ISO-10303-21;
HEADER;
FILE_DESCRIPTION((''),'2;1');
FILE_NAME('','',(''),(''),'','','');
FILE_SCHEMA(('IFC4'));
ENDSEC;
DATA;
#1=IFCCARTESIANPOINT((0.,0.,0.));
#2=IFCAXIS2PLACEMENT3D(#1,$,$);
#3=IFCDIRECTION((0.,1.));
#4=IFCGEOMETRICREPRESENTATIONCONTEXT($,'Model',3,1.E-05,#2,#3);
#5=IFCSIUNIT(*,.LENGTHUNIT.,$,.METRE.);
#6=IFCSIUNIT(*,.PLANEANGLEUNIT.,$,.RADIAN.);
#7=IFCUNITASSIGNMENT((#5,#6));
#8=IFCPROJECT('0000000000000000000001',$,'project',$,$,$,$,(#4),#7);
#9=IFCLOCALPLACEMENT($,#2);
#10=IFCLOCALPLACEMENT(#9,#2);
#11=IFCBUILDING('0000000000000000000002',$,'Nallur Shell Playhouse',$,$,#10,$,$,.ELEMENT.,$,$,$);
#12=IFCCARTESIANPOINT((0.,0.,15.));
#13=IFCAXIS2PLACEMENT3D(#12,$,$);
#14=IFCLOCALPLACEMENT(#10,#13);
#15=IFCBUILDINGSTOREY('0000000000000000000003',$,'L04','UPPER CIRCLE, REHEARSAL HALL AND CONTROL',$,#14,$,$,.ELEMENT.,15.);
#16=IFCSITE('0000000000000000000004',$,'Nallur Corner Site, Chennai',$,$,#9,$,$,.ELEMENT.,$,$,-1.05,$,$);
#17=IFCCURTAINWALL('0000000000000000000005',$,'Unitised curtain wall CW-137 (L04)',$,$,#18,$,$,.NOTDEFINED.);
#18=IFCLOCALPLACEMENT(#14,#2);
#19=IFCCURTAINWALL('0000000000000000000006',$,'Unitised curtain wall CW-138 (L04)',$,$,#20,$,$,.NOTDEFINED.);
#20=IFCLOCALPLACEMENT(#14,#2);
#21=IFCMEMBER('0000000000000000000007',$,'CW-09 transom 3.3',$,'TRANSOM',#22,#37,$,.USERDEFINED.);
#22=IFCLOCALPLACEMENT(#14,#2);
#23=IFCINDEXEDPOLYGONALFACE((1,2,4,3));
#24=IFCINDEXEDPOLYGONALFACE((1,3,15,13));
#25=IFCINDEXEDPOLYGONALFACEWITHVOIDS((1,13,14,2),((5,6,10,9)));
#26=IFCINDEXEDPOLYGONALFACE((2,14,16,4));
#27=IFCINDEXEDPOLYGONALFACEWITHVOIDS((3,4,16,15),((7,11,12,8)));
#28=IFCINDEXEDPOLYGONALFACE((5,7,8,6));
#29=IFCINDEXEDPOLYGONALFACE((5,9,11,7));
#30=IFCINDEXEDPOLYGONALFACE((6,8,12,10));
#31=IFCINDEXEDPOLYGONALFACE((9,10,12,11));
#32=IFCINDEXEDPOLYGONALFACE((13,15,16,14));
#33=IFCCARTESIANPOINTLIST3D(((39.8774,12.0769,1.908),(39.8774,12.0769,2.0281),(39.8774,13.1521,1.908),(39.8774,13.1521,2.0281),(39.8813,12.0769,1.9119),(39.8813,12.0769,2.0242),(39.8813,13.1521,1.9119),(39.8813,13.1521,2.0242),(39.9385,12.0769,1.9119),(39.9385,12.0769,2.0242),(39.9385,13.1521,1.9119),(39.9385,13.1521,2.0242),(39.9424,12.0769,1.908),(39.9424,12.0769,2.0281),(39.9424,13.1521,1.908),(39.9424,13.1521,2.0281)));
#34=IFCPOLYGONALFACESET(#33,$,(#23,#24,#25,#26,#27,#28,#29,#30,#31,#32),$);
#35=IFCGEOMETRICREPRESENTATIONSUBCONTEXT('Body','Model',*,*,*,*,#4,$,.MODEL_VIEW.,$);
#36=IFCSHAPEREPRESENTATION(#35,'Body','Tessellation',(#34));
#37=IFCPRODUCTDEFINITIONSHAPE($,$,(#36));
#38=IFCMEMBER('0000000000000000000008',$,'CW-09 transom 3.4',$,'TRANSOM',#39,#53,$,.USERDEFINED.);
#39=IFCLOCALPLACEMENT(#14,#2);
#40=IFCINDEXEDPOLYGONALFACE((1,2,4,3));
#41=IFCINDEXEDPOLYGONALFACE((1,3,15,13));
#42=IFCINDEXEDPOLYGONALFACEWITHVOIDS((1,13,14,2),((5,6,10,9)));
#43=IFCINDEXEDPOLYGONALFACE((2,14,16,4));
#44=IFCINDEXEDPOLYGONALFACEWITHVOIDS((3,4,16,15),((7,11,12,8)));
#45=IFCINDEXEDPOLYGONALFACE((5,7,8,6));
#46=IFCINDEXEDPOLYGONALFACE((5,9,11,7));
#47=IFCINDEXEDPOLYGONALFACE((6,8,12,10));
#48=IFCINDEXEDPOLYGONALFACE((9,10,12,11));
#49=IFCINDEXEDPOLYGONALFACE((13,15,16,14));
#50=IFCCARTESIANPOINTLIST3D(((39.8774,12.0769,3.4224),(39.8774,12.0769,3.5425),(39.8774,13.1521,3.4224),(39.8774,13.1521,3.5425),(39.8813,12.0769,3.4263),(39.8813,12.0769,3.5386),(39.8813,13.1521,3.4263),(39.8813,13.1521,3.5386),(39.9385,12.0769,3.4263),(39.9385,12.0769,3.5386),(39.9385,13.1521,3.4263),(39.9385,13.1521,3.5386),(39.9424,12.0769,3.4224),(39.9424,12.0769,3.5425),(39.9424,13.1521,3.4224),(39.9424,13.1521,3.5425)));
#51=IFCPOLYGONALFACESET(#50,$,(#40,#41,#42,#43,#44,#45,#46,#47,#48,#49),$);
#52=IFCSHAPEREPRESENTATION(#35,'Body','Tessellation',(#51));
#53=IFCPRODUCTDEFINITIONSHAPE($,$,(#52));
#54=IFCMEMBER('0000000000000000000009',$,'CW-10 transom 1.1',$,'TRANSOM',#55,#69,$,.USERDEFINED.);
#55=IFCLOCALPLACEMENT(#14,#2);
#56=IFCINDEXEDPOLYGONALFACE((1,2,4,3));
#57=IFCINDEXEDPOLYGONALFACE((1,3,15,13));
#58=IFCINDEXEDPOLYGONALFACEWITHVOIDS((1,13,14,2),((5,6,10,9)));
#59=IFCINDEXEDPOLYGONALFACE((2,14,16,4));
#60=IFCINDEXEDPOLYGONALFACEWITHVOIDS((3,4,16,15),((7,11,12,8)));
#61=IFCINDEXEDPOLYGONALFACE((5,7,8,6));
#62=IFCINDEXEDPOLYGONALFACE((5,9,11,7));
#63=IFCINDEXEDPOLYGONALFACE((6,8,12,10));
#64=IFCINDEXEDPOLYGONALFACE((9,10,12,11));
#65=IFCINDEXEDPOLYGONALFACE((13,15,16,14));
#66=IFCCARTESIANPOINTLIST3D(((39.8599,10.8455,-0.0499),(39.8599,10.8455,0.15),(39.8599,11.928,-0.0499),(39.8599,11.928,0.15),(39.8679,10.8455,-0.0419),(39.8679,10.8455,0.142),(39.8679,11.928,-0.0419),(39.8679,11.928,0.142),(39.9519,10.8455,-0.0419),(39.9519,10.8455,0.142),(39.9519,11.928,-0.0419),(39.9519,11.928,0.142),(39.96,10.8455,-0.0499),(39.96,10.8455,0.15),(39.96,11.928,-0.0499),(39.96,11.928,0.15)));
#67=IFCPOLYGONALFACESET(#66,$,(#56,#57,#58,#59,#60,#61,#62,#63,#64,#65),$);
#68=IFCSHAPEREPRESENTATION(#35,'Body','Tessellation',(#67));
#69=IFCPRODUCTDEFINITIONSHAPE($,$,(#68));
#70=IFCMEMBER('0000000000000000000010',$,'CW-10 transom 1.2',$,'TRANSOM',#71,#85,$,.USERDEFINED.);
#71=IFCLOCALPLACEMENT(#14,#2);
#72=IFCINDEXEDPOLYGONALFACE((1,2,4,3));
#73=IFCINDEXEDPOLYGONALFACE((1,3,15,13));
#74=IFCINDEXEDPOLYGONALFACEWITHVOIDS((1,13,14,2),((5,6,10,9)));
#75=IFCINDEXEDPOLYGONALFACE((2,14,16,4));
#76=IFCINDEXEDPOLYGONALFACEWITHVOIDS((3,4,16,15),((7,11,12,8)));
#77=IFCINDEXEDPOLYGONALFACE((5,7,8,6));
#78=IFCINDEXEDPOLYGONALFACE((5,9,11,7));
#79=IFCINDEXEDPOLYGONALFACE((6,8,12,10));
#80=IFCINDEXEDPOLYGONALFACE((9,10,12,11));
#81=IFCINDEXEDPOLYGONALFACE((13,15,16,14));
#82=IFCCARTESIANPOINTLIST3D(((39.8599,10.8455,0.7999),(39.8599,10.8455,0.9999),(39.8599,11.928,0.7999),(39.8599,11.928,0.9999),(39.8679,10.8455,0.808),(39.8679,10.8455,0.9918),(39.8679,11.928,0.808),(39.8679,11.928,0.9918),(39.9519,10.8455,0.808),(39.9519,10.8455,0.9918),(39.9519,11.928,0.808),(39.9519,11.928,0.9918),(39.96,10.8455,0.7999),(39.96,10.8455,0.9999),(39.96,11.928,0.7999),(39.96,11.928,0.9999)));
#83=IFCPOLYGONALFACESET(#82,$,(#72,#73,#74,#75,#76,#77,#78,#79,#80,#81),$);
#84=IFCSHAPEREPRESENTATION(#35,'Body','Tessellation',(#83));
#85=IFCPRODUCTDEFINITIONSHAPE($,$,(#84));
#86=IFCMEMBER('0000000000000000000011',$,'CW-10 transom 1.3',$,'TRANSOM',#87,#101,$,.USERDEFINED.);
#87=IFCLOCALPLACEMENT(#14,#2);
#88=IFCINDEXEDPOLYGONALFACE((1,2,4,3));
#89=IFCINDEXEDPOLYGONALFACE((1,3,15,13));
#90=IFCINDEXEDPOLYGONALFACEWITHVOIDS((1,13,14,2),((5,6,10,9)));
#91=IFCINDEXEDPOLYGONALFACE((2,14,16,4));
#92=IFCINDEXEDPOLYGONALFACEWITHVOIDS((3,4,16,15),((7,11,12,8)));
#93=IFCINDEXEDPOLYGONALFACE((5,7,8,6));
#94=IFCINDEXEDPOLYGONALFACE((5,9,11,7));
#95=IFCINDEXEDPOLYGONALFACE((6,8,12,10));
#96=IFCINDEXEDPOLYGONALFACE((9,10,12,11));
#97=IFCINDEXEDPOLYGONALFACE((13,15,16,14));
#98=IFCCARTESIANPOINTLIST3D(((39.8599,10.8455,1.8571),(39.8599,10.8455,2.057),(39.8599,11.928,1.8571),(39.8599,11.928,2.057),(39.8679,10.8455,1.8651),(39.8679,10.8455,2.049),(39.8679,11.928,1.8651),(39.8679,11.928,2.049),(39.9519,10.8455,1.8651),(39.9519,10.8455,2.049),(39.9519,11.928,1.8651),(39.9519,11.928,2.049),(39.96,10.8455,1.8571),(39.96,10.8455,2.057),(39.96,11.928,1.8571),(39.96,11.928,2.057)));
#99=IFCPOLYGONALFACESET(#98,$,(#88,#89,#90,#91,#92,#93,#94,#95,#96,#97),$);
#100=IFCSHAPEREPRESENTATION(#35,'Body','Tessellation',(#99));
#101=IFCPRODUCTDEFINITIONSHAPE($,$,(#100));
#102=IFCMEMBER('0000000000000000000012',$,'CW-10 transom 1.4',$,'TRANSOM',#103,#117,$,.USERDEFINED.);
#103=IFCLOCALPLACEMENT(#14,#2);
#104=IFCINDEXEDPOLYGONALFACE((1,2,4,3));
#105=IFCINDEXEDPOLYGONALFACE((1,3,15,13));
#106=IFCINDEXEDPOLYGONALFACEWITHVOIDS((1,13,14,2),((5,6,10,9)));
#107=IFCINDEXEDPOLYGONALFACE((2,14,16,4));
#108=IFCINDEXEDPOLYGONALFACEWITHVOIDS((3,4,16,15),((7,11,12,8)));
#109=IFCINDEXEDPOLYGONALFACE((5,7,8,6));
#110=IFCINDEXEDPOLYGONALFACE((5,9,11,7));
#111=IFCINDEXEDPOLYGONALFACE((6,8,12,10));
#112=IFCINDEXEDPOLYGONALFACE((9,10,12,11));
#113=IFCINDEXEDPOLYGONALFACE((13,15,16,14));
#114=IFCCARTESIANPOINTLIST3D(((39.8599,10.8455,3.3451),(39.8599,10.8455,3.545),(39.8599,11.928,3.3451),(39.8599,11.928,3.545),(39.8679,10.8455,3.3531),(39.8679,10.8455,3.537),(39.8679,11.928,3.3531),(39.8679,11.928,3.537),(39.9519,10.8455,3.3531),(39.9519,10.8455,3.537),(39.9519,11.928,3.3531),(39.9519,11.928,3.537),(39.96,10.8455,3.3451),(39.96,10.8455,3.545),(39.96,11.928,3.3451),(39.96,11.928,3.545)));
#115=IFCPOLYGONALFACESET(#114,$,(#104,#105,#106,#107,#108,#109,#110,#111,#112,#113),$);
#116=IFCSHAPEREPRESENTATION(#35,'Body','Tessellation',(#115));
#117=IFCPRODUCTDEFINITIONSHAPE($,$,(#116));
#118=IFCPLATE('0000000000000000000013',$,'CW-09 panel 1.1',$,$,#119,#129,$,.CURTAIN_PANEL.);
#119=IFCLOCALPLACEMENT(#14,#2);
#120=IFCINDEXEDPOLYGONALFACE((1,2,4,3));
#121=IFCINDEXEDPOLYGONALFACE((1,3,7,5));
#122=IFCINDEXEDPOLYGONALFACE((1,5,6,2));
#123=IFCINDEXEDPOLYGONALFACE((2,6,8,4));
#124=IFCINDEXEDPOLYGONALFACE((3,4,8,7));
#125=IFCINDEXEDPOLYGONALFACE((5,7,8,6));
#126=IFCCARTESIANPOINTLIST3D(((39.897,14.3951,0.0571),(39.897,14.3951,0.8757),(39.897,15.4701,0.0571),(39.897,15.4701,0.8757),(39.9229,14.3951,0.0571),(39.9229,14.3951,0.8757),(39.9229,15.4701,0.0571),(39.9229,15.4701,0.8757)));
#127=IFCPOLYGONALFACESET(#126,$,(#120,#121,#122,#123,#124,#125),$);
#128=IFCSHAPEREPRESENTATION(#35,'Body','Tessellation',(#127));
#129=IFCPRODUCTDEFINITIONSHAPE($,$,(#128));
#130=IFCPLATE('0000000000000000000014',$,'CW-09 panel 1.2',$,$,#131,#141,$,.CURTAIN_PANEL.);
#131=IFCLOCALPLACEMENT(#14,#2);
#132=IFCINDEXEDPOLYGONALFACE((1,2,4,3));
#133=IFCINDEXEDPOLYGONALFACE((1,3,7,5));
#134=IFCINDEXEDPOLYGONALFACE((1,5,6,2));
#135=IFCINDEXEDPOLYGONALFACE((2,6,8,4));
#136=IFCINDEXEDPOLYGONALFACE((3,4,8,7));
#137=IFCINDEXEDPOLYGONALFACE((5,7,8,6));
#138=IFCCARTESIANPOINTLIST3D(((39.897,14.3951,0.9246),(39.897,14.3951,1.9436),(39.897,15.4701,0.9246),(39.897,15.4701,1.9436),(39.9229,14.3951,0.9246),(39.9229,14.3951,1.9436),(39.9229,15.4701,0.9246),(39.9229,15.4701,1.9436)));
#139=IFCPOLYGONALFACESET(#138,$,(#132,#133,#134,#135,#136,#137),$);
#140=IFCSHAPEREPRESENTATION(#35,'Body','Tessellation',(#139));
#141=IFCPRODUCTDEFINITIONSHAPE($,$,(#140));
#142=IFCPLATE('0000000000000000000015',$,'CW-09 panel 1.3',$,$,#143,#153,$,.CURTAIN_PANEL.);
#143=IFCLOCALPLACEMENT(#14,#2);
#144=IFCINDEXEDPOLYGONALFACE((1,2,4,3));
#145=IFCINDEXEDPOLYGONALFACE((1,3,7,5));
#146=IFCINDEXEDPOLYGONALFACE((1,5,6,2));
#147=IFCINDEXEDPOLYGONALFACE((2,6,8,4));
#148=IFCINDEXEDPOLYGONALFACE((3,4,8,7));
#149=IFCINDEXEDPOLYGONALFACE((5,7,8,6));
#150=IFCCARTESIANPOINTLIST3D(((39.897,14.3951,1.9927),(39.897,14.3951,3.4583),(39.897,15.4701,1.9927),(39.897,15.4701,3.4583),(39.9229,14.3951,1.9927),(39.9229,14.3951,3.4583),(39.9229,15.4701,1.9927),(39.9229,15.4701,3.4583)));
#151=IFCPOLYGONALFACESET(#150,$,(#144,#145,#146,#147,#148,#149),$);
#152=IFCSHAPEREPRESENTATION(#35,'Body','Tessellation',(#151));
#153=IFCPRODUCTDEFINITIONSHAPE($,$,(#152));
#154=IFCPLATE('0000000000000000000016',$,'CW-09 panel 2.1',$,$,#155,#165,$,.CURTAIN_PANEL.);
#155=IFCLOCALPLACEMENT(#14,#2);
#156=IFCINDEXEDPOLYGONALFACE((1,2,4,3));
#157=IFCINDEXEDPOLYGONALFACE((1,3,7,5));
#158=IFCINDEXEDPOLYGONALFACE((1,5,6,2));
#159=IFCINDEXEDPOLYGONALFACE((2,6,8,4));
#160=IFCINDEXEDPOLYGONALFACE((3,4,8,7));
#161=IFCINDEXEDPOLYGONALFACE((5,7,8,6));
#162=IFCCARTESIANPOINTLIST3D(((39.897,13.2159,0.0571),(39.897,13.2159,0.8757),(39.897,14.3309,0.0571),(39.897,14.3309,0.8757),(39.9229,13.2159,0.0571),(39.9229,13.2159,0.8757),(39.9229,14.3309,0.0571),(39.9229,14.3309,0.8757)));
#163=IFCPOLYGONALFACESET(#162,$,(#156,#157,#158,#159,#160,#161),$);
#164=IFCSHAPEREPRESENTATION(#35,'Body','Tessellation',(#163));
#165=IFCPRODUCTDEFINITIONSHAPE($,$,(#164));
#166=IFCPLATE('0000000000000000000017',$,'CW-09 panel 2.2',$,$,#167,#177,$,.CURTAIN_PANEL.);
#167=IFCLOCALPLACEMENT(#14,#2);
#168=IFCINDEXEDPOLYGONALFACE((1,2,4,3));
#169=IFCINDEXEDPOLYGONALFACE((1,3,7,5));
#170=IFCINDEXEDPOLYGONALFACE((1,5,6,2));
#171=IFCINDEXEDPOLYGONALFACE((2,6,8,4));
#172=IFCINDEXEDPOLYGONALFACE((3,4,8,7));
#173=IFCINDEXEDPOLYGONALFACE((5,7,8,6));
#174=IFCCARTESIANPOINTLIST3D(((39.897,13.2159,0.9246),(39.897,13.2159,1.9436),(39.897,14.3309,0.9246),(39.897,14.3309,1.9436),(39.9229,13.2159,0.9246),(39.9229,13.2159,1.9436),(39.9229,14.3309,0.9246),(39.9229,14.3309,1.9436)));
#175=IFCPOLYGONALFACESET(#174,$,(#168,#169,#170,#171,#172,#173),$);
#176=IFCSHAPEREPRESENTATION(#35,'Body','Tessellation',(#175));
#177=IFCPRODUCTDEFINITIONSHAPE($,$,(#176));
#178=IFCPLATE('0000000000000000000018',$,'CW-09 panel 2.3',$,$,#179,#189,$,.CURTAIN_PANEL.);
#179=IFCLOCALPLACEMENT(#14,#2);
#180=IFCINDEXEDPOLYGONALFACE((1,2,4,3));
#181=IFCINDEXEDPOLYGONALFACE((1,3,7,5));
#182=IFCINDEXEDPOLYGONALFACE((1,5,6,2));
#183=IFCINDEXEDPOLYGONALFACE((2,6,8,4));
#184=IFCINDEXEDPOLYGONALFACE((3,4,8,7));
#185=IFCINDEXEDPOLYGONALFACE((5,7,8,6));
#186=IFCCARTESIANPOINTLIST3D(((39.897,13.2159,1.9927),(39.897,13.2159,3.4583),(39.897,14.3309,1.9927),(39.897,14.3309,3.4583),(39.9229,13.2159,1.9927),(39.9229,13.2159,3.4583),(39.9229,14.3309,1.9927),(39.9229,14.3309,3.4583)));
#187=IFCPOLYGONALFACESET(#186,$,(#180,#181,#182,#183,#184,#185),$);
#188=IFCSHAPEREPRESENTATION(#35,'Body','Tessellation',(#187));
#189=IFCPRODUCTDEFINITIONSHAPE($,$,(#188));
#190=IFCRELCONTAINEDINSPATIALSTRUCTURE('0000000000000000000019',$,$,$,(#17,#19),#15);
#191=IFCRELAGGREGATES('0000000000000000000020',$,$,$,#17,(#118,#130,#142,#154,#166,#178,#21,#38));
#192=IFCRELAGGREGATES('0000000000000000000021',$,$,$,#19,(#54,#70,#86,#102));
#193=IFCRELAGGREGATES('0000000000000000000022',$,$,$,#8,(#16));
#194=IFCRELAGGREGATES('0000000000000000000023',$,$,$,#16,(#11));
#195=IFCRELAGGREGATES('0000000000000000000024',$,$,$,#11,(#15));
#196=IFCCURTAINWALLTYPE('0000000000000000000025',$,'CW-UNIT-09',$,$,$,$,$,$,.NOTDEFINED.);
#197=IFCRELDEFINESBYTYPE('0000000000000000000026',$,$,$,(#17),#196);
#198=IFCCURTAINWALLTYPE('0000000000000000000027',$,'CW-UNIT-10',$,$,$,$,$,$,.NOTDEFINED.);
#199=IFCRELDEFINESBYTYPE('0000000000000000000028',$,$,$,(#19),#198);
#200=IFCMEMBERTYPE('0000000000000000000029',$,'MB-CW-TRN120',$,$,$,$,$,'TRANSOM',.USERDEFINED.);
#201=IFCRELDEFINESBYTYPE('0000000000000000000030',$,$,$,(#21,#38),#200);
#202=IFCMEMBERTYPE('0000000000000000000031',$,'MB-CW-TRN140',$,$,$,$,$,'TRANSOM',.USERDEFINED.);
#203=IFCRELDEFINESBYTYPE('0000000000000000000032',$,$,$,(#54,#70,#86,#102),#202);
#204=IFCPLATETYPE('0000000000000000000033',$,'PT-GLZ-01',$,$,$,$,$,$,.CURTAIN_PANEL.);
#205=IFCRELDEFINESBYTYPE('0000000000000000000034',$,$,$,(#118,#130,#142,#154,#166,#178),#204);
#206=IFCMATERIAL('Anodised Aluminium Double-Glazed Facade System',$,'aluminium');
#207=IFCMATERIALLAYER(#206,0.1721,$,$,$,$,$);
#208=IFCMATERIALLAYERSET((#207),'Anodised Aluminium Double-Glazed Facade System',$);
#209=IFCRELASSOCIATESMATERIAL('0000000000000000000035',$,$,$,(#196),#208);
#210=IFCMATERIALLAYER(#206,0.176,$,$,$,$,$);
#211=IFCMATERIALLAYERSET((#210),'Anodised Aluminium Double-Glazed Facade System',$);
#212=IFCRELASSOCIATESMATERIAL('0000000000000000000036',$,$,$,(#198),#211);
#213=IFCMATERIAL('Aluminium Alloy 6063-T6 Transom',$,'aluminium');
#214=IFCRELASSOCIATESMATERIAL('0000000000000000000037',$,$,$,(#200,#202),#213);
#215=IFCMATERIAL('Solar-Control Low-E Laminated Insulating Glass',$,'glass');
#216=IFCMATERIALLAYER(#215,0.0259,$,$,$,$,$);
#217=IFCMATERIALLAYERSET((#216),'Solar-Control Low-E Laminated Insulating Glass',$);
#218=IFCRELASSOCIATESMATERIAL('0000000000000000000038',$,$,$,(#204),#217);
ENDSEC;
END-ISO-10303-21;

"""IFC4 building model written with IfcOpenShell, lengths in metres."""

from ifc_helpers import new_model, si_unit, direction, frame, origin, origin_2d, place, context, subcontext, project, spatial, rectangle, hollow_rectangle, extrude, material, layer, layer_set, material_profile, profile_set, type_object, element, aggregate, save


model = new_model("IFC4")

# Units and contexts
model_context = context("Model", 3, precision=1e-05, world=origin(), true_north=direction((0.0, 1.0)))
body_context = subcontext(model_context, "Body", "Model", "MODEL_VIEW")
ifc_project = project(units=[si_unit("LENGTHUNIT", "METRE"), si_unit("PLANEANGLEUNIT", "RADIAN")], contexts=[model_context])

# Site, building, storey
site_placement = place(None, origin())
site = spatial("IfcSite", under=ifc_project, at=site_placement, Name="Nallur Corner Site, Chennai", CompositionType="ELEMENT", RefElevation=-1.05)
building_placement = place(site_placement, origin())
building = spatial("IfcBuilding", under=site, at=building_placement, Name="Nallur Shell Playhouse", CompositionType="ELEMENT")
storey_placement = place(building_placement, frame((0.0, 0.0, 15.0)))
storey = spatial("IfcBuildingStorey", under=building, at=storey_placement, Name="L04", Description="UPPER CIRCLE, REHEARSAL HALL AND CONTROL", CompositionType="ELEMENT", Elevation=15.0)

# Curtain wall
ifc_material_1 = material(Name="Anodised Aluminium Double-Glazed Facade System", Category="aluminium")
ifc_layer_1 = layer(ifc_material_1, 0.1721)
ifc_layer_set_1 = layer_set([ifc_layer_1], Name="Anodised Aluminium Double-Glazed Facade System")
curtain_wall_type_1 = type_object("IfcCurtainWallType", Name="CW-UNIT-09", PredefinedType="NOTDEFINED", material=ifc_layer_set_1)
curtain_wall_1_placement = place(storey_placement, origin())
curtain_wall_1 = element("IfcCurtainWall", 1, at=curtain_wall_1_placement, inside=storey, type_object=curtain_wall_type_1, Name="Unitised curtain wall CW-137 (L04)", PredefinedType="NOTDEFINED")

# Curtain wall
ifc_layer_2 = layer(ifc_material_1, 0.176)
ifc_layer_set_2 = layer_set([ifc_layer_2], Name="Anodised Aluminium Double-Glazed Facade System")
curtain_wall_type_2 = type_object("IfcCurtainWallType", Name="CW-UNIT-10", PredefinedType="NOTDEFINED", material=ifc_layer_set_2)
curtain_wall_2_placement = place(storey_placement, origin())
curtain_wall_2 = element("IfcCurtainWall", 2, at=curtain_wall_2_placement, inside=storey, type_object=curtain_wall_type_2, Name="Unitised curtain wall CW-138 (L04)", PredefinedType="NOTDEFINED")

# Members
ifc_material_2 = material(Name="Aluminium Alloy 6063-T6 Transom", Category="aluminium")
ifc_material_profile_1 = material_profile(ifc_material_2, hollow_rectangle(XDim=0.0649, YDim=0.1201, WallThickness=0.0039, at=origin_2d()), Name="ALU 65x120x4")
ifc_profile_set_1 = profile_set([ifc_material_profile_1], Name="Aluminium Alloy 6063-T6 Transom")
member_type_1 = type_object("IfcMemberType", Name="MB-CW-TRN120", ElementType="TRANSOM", PredefinedType="USERDEFINED", material=ifc_profile_set_1)
member_1_placement = place(storey_placement, frame((39.9099, 13.1521, 1.968), z_axis=(0.0, -1.0, 0.0), x_axis=(1.0, 0.0, 0.0)))
member_1 = element("IfcMember", 3, at=member_1_placement, type_object=member_type_1, Name="CW-09 transom 3.3", ObjectType="TRANSOM", PredefinedType="USERDEFINED", context=body_context, shape_type="SweptSolid", body=[
    extrude(hollow_rectangle(XDim=0.0649, YDim=0.1201, WallThickness=0.0039, at=origin_2d()), origin(), (0.0, 0.0, 1.0), 1.0752),
])
member_2_placement = place(storey_placement, frame((39.9099, 13.1521, 3.4824), z_axis=(0.0, -1.0, 0.0), x_axis=(1.0, 0.0, 0.0)))
member_2 = element("IfcMember", 4, at=member_2_placement, type_object=member_type_1, Name="CW-09 transom 3.4", ObjectType="TRANSOM", PredefinedType="USERDEFINED", context=body_context, shape_type="SweptSolid", body=[
    extrude(hollow_rectangle(XDim=0.0649, YDim=0.1201, WallThickness=0.0039, at=origin_2d()), origin(), (0.0, 0.0, 1.0), 1.0752),
])
ifc_material_profile_2 = material_profile(ifc_material_2, hollow_rectangle(XDim=0.1001, YDim=0.2, WallThickness=0.0081, at=origin_2d()), Name="RHS 200x100x8")
ifc_profile_set_2 = profile_set([ifc_material_profile_2], Name="Aluminium Alloy 6063-T6 Transom")
member_type_2 = type_object("IfcMemberType", Name="MB-CW-TRN140", ElementType="TRANSOM", PredefinedType="USERDEFINED", material=ifc_profile_set_2)
member_3_placement = place(storey_placement, frame((39.9099, 11.928, 0.05), z_axis=(0.0, -1.0, 0.0), x_axis=(1.0, 0.0, 0.0)))
member_3 = element("IfcMember", 5, at=member_3_placement, type_object=member_type_2, Name="CW-10 transom 1.1", ObjectType="TRANSOM", PredefinedType="USERDEFINED", context=body_context, shape_type="SweptSolid", body=[
    extrude(hollow_rectangle(XDim=0.1001, YDim=0.2, WallThickness=0.0081, at=origin_2d()), origin(), (0.0, 0.0, 1.0), 1.0825),
])
member_4_placement = place(storey_placement, frame((39.9099, 11.928, 0.8999), z_axis=(0.0, -1.0, 0.0), x_axis=(1.0, 0.0, 0.0)))
member_4 = element("IfcMember", 6, at=member_4_placement, type_object=member_type_2, Name="CW-10 transom 1.2", ObjectType="TRANSOM", PredefinedType="USERDEFINED", context=body_context, shape_type="SweptSolid", body=[
    extrude(hollow_rectangle(XDim=0.1001, YDim=0.2, WallThickness=0.0081, at=origin_2d()), origin(), (0.0, 0.0, 1.0), 1.0825),
])
member_5_placement = place(storey_placement, frame((39.9099, 11.928, 1.957), z_axis=(0.0, -1.0, 0.0), x_axis=(1.0, 0.0, 0.0)))
member_5 = element("IfcMember", 7, at=member_5_placement, type_object=member_type_2, Name="CW-10 transom 1.3", ObjectType="TRANSOM", PredefinedType="USERDEFINED", context=body_context, shape_type="SweptSolid", body=[
    extrude(hollow_rectangle(XDim=0.1001, YDim=0.2, WallThickness=0.0081, at=origin_2d()), origin(), (0.0, 0.0, 1.0), 1.0825),
])
member_6_placement = place(storey_placement, frame((39.9099, 11.928, 3.4451), z_axis=(0.0, -1.0, 0.0), x_axis=(1.0, 0.0, 0.0)))
member_6 = element("IfcMember", 8, at=member_6_placement, type_object=member_type_2, Name="CW-10 transom 1.4", ObjectType="TRANSOM", PredefinedType="USERDEFINED", context=body_context, shape_type="SweptSolid", body=[
    extrude(hollow_rectangle(XDim=0.1001, YDim=0.2, WallThickness=0.0081, at=origin_2d()), origin(), (0.0, 0.0, 1.0), 1.0825),
])

# Plates
ifc_material_3 = material(Name="Solar-Control Low-E Laminated Insulating Glass", Category="glass")
ifc_layer_3 = layer(ifc_material_3, 0.0259)
ifc_layer_set_3 = layer_set([ifc_layer_3], Name="Solar-Control Low-E Laminated Insulating Glass")
plate_type_1 = type_object("IfcPlateType", Name="PT-GLZ-01", PredefinedType="CURTAIN_PANEL", material=ifc_layer_set_3)
plate_1_placement = place(storey_placement, frame((39.9099, 14.9326, 0.0571), z_axis=(0.0, 0.0, 1.0), x_axis=(0.0, -1.0, 0.0)))
plate_1 = element("IfcPlate", 9, at=plate_1_placement, type_object=plate_type_1, Name="CW-09 panel 1.1", PredefinedType="CURTAIN_PANEL", context=body_context, shape_type="SweptSolid", body=[
    extrude(rectangle(XDim=1.075, YDim=0.0259, at=origin_2d()), origin(), (0.0, 0.0, 1.0), 0.8186),
])
plate_2_placement = place(storey_placement, frame((39.9099, 14.9326, 0.9246), z_axis=(0.0, 0.0, 1.0), x_axis=(0.0, -1.0, 0.0)))
plate_2 = element("IfcPlate", 10, at=plate_2_placement, type_object=plate_type_1, Name="CW-09 panel 1.2", PredefinedType="CURTAIN_PANEL", context=body_context, shape_type="SweptSolid", body=[
    extrude(rectangle(XDim=1.075, YDim=0.0259, at=origin_2d()), origin(), (0.0, 0.0, 1.0), 1.019),
])
plate_3_placement = place(storey_placement, frame((39.9099, 14.9326, 1.9927), z_axis=(0.0, 0.0, 1.0), x_axis=(0.0, -1.0, 0.0)))
plate_3 = element("IfcPlate", 11, at=plate_3_placement, type_object=plate_type_1, Name="CW-09 panel 1.3", PredefinedType="CURTAIN_PANEL", context=body_context, shape_type="SweptSolid", body=[
    extrude(rectangle(XDim=1.075, YDim=0.0259, at=origin_2d()), origin(), (0.0, 0.0, 1.0), 1.4656),
])
plate_4_placement = place(storey_placement, frame((39.9099, 13.7734, 0.0571), z_axis=(0.0, 0.0, 1.0), x_axis=(0.0, -1.0, 0.0)))
plate_4 = element("IfcPlate", 12, at=plate_4_placement, type_object=plate_type_1, Name="CW-09 panel 2.1", PredefinedType="CURTAIN_PANEL", context=body_context, shape_type="SweptSolid", body=[
    extrude(rectangle(XDim=1.115, YDim=0.0259, at=origin_2d()), origin(), (0.0, 0.0, 1.0), 0.8186),
])
plate_5_placement = place(storey_placement, frame((39.9099, 13.7734, 0.9246), z_axis=(0.0, 0.0, 1.0), x_axis=(0.0, -1.0, 0.0)))
plate_5 = element("IfcPlate", 13, at=plate_5_placement, type_object=plate_type_1, Name="CW-09 panel 2.2", PredefinedType="CURTAIN_PANEL", context=body_context, shape_type="SweptSolid", body=[
    extrude(rectangle(XDim=1.115, YDim=0.0259, at=origin_2d()), origin(), (0.0, 0.0, 1.0), 1.019),
])
plate_6_placement = place(storey_placement, frame((39.9099, 13.7734, 1.9927), z_axis=(0.0, 0.0, 1.0), x_axis=(0.0, -1.0, 0.0)))
plate_6 = element("IfcPlate", 14, at=plate_6_placement, type_object=plate_type_1, Name="CW-09 panel 2.3", PredefinedType="CURTAIN_PANEL", context=body_context, shape_type="SweptSolid", body=[
    extrude(rectangle(XDim=1.115, YDim=0.0259, at=origin_2d()), origin(), (0.0, 0.0, 1.0), 1.4656),
])
aggregate(curtain_wall_1, [plate_1, plate_2, plate_3, plate_4, plate_5, plate_6, member_1, member_2])
aggregate(curtain_wall_2, [member_3, member_4, member_5, member_6])

save(model, "model.ifc")
